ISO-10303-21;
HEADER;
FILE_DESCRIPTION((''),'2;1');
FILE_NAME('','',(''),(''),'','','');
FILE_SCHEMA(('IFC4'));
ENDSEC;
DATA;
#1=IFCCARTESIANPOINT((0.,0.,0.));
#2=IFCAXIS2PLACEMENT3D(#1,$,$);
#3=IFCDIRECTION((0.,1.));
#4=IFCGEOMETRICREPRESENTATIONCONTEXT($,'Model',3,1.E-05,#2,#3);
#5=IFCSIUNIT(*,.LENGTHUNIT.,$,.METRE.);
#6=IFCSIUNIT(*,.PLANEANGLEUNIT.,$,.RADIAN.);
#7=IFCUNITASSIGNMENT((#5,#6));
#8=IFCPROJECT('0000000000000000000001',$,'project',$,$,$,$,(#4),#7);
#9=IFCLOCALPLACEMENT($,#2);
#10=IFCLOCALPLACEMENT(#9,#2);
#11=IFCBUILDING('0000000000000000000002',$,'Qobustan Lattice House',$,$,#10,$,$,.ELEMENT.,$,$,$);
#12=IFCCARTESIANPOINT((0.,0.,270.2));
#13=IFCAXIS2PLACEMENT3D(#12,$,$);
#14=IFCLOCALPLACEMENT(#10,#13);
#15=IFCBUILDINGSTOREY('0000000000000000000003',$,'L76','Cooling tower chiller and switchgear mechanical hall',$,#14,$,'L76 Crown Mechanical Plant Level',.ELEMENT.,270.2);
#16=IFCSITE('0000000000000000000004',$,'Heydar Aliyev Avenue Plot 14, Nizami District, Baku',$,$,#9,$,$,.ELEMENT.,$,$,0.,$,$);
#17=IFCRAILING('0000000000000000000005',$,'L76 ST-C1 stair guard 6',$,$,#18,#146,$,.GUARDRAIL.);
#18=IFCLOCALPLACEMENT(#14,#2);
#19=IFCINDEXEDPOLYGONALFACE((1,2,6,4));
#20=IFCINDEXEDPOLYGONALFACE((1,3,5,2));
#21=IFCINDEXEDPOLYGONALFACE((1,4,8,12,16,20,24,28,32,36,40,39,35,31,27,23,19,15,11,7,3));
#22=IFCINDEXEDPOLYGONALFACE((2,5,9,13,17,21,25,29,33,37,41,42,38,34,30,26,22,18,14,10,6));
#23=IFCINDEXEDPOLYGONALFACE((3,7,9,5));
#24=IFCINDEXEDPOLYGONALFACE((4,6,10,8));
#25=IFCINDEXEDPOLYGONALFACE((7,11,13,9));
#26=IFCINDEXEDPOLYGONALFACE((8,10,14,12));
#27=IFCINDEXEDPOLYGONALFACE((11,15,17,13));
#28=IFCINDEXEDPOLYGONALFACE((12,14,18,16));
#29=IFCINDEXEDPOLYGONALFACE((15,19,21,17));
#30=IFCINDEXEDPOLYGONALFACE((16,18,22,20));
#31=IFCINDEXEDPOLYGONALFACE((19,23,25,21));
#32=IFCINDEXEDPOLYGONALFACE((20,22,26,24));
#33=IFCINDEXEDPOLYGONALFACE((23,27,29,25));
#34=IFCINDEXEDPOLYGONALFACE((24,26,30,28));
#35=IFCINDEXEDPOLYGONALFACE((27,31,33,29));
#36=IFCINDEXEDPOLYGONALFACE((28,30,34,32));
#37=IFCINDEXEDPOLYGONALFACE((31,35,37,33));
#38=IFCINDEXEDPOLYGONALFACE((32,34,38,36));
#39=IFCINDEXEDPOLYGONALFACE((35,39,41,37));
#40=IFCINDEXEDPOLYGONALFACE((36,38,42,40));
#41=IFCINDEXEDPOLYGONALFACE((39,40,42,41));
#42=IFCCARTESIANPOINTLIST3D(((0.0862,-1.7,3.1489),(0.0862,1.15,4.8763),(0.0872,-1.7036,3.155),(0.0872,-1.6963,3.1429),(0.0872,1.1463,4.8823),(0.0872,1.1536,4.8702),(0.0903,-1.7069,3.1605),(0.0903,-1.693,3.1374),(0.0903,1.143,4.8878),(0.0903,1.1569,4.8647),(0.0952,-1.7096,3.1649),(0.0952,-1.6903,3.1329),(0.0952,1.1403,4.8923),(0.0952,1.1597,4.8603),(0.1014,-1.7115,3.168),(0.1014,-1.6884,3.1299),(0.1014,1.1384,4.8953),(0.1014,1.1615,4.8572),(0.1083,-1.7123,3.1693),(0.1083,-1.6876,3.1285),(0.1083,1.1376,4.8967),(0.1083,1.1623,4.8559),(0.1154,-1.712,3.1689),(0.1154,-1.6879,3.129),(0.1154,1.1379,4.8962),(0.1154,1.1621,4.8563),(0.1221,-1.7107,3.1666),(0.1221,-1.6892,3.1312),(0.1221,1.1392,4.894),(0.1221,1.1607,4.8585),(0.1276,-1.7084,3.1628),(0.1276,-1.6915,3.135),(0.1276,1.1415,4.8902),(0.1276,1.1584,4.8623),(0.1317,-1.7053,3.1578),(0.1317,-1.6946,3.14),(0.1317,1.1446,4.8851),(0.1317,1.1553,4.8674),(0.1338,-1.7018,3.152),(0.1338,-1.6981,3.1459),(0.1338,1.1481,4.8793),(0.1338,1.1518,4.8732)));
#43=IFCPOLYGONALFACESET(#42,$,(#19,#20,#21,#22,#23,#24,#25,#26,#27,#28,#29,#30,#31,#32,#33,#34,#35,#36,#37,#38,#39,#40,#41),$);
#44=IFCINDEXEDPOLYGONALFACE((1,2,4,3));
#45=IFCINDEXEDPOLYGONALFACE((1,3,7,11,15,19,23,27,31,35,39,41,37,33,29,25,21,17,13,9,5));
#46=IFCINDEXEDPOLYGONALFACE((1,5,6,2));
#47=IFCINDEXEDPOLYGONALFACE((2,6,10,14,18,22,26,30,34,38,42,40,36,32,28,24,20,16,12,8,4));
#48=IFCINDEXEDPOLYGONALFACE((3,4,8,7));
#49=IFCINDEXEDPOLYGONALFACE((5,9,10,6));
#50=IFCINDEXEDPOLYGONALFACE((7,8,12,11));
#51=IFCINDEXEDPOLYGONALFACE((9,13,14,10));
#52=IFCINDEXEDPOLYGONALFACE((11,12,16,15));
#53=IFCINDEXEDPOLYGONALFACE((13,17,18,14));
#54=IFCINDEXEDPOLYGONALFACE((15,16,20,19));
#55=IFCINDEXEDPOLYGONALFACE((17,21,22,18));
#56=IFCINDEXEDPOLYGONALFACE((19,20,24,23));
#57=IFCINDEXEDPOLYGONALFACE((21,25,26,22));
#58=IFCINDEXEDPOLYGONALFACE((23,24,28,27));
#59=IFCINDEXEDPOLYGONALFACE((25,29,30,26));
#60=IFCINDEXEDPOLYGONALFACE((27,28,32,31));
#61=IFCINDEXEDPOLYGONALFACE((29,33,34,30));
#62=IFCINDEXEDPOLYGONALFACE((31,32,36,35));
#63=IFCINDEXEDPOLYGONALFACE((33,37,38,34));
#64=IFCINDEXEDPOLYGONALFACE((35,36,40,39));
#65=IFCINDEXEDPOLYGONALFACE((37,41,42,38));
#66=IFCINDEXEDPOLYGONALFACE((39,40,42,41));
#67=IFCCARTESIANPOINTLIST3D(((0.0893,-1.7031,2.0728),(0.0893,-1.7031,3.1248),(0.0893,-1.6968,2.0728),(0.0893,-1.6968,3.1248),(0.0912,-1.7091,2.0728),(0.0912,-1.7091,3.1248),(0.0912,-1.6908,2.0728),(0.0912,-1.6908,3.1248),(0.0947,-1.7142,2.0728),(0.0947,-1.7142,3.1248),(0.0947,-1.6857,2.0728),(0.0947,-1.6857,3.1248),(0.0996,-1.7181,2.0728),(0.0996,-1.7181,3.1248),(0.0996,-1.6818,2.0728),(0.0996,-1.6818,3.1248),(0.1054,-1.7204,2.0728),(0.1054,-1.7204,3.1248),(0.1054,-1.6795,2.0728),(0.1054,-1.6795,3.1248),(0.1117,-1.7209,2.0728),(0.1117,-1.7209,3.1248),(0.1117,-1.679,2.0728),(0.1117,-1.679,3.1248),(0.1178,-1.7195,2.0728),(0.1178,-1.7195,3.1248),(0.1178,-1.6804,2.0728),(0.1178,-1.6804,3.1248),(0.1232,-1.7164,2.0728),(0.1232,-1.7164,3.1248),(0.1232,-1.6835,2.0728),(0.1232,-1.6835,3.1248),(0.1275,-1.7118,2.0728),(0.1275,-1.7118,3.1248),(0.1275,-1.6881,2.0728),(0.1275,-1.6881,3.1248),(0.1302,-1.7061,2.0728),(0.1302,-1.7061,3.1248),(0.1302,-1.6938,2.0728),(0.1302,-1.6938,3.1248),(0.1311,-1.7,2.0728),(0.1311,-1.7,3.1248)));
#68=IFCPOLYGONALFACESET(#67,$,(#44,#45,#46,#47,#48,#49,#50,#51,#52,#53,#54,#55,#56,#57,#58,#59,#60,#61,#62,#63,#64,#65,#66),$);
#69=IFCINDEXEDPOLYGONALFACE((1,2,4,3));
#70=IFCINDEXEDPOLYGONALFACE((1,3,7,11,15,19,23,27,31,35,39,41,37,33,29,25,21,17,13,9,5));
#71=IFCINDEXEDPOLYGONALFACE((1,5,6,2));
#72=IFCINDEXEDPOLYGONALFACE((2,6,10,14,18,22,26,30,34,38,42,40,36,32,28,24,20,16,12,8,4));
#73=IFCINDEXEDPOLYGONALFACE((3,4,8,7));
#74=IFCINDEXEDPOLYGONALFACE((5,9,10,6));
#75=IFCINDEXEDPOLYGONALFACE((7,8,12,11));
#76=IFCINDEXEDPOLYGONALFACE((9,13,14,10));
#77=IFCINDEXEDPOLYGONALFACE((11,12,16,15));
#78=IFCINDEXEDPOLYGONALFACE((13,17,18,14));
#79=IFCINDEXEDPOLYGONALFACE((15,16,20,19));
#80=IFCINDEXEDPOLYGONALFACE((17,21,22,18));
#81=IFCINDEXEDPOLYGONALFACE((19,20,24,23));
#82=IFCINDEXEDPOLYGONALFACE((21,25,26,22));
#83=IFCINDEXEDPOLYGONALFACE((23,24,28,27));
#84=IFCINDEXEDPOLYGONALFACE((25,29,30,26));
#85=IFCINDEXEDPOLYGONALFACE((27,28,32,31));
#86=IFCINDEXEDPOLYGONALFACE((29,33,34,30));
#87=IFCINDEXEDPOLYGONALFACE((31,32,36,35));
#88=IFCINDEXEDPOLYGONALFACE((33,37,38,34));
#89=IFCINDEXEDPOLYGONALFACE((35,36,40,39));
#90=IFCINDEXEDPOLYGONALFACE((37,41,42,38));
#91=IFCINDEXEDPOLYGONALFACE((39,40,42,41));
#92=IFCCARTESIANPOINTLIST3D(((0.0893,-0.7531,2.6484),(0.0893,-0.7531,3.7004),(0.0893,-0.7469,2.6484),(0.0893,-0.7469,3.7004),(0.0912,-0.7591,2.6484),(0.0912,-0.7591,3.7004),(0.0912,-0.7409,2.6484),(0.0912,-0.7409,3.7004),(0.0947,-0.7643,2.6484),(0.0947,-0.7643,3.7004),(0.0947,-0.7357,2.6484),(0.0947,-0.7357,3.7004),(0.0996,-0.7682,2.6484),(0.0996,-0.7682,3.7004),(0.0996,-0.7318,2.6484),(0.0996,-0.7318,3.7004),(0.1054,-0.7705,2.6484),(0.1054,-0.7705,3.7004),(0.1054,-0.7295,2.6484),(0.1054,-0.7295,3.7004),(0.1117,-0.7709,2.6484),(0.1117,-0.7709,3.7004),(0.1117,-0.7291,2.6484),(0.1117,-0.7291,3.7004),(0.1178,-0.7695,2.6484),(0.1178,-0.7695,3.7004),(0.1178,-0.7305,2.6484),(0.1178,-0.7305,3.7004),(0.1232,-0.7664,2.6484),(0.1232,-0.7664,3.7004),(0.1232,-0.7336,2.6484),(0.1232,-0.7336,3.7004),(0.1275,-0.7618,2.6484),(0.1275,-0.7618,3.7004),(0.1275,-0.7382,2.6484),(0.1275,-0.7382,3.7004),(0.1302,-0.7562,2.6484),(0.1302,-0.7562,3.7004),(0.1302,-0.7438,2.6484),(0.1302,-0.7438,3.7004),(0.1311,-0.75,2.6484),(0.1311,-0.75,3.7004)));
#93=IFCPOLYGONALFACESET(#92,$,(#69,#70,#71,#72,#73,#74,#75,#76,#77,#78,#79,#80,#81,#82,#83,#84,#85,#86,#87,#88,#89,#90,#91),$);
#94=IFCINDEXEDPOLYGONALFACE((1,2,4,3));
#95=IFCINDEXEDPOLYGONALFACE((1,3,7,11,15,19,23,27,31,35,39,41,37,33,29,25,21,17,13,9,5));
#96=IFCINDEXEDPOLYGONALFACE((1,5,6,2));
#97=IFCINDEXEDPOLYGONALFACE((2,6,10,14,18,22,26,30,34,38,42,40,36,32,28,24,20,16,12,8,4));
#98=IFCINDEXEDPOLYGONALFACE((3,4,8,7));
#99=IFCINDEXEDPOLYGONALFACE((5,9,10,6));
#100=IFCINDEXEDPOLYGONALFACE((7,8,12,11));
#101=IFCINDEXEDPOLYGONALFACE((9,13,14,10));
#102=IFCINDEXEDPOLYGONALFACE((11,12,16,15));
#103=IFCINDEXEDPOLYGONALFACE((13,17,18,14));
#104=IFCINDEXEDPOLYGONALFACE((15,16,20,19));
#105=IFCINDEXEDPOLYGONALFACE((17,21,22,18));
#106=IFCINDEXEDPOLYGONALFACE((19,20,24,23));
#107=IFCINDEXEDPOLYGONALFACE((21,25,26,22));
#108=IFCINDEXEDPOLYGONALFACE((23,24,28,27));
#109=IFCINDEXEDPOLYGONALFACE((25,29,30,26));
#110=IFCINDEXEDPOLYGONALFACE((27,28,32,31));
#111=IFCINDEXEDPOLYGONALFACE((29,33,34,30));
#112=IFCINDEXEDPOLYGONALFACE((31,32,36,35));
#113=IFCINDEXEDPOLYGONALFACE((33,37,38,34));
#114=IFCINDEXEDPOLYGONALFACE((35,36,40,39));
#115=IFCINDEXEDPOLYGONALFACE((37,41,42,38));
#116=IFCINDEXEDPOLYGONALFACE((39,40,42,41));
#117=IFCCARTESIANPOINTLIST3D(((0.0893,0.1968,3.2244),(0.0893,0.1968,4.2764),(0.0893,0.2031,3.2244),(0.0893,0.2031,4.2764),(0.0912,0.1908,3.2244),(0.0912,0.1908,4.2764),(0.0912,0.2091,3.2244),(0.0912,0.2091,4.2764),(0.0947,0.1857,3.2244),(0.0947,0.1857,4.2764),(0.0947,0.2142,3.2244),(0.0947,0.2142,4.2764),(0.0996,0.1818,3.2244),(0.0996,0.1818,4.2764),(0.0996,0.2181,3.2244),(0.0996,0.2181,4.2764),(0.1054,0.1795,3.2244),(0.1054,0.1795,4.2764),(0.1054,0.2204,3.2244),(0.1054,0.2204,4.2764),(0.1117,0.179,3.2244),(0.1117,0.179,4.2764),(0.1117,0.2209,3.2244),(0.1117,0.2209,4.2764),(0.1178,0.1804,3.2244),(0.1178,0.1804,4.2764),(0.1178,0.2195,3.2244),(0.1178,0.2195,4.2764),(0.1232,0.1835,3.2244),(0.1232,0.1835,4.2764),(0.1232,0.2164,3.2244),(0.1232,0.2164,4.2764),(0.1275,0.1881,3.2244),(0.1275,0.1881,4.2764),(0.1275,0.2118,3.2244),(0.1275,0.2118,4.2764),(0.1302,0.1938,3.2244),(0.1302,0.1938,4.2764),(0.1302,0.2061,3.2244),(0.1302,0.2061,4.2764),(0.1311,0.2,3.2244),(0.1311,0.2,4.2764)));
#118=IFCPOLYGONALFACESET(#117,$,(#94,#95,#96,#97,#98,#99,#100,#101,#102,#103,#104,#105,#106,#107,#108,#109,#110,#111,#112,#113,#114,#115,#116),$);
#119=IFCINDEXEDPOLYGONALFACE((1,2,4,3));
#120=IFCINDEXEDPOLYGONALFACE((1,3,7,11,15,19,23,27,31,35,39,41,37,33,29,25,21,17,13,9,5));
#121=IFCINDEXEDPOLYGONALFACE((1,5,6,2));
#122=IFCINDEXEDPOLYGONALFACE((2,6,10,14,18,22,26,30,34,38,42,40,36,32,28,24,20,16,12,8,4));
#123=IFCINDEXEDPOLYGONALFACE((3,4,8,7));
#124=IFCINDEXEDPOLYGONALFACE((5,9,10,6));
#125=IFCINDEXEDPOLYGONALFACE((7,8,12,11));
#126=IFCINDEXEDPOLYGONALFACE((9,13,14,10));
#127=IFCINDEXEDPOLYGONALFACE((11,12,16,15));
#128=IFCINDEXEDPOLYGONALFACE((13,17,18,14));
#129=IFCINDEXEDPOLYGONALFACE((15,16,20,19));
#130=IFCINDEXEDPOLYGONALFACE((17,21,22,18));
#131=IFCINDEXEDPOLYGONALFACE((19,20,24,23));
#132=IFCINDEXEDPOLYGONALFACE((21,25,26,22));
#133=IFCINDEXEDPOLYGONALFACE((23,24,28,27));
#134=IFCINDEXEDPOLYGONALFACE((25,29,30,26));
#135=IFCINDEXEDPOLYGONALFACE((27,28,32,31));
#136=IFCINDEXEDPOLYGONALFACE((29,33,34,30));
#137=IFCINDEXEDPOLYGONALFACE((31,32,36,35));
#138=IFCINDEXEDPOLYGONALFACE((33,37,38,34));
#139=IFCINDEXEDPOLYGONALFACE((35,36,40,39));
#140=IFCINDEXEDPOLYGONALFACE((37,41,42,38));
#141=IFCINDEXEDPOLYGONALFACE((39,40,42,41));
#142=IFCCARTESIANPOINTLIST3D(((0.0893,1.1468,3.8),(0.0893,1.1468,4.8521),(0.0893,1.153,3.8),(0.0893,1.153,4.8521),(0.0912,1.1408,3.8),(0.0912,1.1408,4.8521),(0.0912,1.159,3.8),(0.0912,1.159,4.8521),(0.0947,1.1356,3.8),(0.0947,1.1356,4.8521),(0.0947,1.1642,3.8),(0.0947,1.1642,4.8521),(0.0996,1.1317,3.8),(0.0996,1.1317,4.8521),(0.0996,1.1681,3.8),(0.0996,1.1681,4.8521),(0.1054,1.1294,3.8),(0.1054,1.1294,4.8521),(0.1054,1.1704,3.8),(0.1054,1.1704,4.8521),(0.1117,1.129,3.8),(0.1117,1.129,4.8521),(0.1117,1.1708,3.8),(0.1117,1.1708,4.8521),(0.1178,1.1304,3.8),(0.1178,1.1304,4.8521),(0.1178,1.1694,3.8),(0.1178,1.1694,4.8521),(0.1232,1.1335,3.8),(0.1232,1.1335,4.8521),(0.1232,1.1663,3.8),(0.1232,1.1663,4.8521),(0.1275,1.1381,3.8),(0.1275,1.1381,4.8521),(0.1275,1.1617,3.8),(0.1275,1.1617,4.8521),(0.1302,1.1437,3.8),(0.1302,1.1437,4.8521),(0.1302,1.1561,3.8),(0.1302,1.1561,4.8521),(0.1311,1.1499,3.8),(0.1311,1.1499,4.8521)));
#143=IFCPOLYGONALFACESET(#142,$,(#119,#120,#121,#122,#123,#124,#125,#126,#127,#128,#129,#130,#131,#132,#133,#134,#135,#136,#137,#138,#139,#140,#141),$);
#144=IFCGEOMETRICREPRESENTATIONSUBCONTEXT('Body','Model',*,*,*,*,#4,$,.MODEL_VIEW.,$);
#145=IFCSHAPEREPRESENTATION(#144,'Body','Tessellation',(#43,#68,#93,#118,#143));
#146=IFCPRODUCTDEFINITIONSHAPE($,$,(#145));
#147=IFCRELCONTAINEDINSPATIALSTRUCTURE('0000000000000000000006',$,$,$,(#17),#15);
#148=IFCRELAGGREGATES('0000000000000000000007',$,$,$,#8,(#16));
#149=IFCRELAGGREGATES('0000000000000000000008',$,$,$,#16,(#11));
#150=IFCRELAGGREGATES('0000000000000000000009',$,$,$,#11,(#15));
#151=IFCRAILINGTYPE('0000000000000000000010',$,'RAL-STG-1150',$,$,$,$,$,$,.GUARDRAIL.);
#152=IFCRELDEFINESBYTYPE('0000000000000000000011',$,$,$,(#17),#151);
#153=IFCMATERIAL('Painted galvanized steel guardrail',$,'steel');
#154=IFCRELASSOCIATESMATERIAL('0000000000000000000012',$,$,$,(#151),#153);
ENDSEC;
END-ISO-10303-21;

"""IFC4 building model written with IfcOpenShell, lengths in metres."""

from ifc_helpers import new_model, si_unit, direction, frame, origin, origin_2d, place, context, subcontext, project, spatial, circle, extrude, material, type_object, element, save


model = new_model("IFC4")

# Units and contexts
model_context = context("Model", 3, precision=1e-05, world=origin(), true_north=direction((0.0, 1.0)))
body_context = subcontext(model_context, "Body", "Model", "MODEL_VIEW")
ifc_project = project(units=[si_unit("LENGTHUNIT", "METRE"), si_unit("PLANEANGLEUNIT", "RADIAN")], contexts=[model_context])

# Site, building, storey
site_placement = place(None, origin())
site = spatial("IfcSite", under=ifc_project, at=site_placement, Name="Heydar Aliyev Avenue Plot 14, Nizami District, Baku", CompositionType="ELEMENT", RefElevation=0.0)
building_placement = place(site_placement, origin())
building = spatial("IfcBuilding", under=site, at=building_placement, Name="Qobustan Lattice House", CompositionType="ELEMENT")
storey_placement = place(building_placement, frame((0.0, 0.0, 270.2)))
storey = spatial("IfcBuildingStorey", under=building, at=storey_placement, Name="L76", Description="Cooling tower chiller and switchgear mechanical hall", LongName="L76 Crown Mechanical Plant Level", CompositionType="ELEMENT", Elevation=270.2)

# Railing
ifc_material_1 = material(Name="Painted galvanized steel guardrail", Category="steel")
railing_type_1 = type_object("IfcRailingType", Name="RAL-STG-1150", PredefinedType="GUARDRAIL", material=ifc_material_1)
railing_1_placement = place(storey_placement, frame((0.1101, -1.7, 2.0728)))
element("IfcRailing", 1, at=railing_1_placement, inside=storey, type_object=railing_type_1, Name="L76 ST-C1 stair guard 6", PredefinedType="GUARDRAIL", context=body_context, shape_type="SweptSolid", body=[
    extrude(circle(Radius=0.0239, at=origin_2d()), frame((0.0, 0.0, 1.0762), z_axis=(0.0, 0.855183, 0.518326), x_axis=(-1.0, 0.0, 0.0)), (0.0, 0.0, 1.0), 3.3325),
    extrude(circle(Radius=0.021, at=origin_2d()), origin(), (0.0, 0.0, 1.0), 1.052),
    extrude(circle(Radius=0.021, at=origin_2d()), frame((0.0, 0.95, 0.5757)), (0.0, 0.0, 1.0), 1.052),
    extrude(circle(Radius=0.021, at=origin_2d()), frame((0.0, 1.8999, 1.1516)), (0.0, 0.0, 1.0), 1.052),
    extrude(circle(Radius=0.021, at=origin_2d()), frame((0.0, 2.8499, 1.7273)), (0.0, 0.0, 1.0), 1.052),
])

save(model, "model.ifc")
